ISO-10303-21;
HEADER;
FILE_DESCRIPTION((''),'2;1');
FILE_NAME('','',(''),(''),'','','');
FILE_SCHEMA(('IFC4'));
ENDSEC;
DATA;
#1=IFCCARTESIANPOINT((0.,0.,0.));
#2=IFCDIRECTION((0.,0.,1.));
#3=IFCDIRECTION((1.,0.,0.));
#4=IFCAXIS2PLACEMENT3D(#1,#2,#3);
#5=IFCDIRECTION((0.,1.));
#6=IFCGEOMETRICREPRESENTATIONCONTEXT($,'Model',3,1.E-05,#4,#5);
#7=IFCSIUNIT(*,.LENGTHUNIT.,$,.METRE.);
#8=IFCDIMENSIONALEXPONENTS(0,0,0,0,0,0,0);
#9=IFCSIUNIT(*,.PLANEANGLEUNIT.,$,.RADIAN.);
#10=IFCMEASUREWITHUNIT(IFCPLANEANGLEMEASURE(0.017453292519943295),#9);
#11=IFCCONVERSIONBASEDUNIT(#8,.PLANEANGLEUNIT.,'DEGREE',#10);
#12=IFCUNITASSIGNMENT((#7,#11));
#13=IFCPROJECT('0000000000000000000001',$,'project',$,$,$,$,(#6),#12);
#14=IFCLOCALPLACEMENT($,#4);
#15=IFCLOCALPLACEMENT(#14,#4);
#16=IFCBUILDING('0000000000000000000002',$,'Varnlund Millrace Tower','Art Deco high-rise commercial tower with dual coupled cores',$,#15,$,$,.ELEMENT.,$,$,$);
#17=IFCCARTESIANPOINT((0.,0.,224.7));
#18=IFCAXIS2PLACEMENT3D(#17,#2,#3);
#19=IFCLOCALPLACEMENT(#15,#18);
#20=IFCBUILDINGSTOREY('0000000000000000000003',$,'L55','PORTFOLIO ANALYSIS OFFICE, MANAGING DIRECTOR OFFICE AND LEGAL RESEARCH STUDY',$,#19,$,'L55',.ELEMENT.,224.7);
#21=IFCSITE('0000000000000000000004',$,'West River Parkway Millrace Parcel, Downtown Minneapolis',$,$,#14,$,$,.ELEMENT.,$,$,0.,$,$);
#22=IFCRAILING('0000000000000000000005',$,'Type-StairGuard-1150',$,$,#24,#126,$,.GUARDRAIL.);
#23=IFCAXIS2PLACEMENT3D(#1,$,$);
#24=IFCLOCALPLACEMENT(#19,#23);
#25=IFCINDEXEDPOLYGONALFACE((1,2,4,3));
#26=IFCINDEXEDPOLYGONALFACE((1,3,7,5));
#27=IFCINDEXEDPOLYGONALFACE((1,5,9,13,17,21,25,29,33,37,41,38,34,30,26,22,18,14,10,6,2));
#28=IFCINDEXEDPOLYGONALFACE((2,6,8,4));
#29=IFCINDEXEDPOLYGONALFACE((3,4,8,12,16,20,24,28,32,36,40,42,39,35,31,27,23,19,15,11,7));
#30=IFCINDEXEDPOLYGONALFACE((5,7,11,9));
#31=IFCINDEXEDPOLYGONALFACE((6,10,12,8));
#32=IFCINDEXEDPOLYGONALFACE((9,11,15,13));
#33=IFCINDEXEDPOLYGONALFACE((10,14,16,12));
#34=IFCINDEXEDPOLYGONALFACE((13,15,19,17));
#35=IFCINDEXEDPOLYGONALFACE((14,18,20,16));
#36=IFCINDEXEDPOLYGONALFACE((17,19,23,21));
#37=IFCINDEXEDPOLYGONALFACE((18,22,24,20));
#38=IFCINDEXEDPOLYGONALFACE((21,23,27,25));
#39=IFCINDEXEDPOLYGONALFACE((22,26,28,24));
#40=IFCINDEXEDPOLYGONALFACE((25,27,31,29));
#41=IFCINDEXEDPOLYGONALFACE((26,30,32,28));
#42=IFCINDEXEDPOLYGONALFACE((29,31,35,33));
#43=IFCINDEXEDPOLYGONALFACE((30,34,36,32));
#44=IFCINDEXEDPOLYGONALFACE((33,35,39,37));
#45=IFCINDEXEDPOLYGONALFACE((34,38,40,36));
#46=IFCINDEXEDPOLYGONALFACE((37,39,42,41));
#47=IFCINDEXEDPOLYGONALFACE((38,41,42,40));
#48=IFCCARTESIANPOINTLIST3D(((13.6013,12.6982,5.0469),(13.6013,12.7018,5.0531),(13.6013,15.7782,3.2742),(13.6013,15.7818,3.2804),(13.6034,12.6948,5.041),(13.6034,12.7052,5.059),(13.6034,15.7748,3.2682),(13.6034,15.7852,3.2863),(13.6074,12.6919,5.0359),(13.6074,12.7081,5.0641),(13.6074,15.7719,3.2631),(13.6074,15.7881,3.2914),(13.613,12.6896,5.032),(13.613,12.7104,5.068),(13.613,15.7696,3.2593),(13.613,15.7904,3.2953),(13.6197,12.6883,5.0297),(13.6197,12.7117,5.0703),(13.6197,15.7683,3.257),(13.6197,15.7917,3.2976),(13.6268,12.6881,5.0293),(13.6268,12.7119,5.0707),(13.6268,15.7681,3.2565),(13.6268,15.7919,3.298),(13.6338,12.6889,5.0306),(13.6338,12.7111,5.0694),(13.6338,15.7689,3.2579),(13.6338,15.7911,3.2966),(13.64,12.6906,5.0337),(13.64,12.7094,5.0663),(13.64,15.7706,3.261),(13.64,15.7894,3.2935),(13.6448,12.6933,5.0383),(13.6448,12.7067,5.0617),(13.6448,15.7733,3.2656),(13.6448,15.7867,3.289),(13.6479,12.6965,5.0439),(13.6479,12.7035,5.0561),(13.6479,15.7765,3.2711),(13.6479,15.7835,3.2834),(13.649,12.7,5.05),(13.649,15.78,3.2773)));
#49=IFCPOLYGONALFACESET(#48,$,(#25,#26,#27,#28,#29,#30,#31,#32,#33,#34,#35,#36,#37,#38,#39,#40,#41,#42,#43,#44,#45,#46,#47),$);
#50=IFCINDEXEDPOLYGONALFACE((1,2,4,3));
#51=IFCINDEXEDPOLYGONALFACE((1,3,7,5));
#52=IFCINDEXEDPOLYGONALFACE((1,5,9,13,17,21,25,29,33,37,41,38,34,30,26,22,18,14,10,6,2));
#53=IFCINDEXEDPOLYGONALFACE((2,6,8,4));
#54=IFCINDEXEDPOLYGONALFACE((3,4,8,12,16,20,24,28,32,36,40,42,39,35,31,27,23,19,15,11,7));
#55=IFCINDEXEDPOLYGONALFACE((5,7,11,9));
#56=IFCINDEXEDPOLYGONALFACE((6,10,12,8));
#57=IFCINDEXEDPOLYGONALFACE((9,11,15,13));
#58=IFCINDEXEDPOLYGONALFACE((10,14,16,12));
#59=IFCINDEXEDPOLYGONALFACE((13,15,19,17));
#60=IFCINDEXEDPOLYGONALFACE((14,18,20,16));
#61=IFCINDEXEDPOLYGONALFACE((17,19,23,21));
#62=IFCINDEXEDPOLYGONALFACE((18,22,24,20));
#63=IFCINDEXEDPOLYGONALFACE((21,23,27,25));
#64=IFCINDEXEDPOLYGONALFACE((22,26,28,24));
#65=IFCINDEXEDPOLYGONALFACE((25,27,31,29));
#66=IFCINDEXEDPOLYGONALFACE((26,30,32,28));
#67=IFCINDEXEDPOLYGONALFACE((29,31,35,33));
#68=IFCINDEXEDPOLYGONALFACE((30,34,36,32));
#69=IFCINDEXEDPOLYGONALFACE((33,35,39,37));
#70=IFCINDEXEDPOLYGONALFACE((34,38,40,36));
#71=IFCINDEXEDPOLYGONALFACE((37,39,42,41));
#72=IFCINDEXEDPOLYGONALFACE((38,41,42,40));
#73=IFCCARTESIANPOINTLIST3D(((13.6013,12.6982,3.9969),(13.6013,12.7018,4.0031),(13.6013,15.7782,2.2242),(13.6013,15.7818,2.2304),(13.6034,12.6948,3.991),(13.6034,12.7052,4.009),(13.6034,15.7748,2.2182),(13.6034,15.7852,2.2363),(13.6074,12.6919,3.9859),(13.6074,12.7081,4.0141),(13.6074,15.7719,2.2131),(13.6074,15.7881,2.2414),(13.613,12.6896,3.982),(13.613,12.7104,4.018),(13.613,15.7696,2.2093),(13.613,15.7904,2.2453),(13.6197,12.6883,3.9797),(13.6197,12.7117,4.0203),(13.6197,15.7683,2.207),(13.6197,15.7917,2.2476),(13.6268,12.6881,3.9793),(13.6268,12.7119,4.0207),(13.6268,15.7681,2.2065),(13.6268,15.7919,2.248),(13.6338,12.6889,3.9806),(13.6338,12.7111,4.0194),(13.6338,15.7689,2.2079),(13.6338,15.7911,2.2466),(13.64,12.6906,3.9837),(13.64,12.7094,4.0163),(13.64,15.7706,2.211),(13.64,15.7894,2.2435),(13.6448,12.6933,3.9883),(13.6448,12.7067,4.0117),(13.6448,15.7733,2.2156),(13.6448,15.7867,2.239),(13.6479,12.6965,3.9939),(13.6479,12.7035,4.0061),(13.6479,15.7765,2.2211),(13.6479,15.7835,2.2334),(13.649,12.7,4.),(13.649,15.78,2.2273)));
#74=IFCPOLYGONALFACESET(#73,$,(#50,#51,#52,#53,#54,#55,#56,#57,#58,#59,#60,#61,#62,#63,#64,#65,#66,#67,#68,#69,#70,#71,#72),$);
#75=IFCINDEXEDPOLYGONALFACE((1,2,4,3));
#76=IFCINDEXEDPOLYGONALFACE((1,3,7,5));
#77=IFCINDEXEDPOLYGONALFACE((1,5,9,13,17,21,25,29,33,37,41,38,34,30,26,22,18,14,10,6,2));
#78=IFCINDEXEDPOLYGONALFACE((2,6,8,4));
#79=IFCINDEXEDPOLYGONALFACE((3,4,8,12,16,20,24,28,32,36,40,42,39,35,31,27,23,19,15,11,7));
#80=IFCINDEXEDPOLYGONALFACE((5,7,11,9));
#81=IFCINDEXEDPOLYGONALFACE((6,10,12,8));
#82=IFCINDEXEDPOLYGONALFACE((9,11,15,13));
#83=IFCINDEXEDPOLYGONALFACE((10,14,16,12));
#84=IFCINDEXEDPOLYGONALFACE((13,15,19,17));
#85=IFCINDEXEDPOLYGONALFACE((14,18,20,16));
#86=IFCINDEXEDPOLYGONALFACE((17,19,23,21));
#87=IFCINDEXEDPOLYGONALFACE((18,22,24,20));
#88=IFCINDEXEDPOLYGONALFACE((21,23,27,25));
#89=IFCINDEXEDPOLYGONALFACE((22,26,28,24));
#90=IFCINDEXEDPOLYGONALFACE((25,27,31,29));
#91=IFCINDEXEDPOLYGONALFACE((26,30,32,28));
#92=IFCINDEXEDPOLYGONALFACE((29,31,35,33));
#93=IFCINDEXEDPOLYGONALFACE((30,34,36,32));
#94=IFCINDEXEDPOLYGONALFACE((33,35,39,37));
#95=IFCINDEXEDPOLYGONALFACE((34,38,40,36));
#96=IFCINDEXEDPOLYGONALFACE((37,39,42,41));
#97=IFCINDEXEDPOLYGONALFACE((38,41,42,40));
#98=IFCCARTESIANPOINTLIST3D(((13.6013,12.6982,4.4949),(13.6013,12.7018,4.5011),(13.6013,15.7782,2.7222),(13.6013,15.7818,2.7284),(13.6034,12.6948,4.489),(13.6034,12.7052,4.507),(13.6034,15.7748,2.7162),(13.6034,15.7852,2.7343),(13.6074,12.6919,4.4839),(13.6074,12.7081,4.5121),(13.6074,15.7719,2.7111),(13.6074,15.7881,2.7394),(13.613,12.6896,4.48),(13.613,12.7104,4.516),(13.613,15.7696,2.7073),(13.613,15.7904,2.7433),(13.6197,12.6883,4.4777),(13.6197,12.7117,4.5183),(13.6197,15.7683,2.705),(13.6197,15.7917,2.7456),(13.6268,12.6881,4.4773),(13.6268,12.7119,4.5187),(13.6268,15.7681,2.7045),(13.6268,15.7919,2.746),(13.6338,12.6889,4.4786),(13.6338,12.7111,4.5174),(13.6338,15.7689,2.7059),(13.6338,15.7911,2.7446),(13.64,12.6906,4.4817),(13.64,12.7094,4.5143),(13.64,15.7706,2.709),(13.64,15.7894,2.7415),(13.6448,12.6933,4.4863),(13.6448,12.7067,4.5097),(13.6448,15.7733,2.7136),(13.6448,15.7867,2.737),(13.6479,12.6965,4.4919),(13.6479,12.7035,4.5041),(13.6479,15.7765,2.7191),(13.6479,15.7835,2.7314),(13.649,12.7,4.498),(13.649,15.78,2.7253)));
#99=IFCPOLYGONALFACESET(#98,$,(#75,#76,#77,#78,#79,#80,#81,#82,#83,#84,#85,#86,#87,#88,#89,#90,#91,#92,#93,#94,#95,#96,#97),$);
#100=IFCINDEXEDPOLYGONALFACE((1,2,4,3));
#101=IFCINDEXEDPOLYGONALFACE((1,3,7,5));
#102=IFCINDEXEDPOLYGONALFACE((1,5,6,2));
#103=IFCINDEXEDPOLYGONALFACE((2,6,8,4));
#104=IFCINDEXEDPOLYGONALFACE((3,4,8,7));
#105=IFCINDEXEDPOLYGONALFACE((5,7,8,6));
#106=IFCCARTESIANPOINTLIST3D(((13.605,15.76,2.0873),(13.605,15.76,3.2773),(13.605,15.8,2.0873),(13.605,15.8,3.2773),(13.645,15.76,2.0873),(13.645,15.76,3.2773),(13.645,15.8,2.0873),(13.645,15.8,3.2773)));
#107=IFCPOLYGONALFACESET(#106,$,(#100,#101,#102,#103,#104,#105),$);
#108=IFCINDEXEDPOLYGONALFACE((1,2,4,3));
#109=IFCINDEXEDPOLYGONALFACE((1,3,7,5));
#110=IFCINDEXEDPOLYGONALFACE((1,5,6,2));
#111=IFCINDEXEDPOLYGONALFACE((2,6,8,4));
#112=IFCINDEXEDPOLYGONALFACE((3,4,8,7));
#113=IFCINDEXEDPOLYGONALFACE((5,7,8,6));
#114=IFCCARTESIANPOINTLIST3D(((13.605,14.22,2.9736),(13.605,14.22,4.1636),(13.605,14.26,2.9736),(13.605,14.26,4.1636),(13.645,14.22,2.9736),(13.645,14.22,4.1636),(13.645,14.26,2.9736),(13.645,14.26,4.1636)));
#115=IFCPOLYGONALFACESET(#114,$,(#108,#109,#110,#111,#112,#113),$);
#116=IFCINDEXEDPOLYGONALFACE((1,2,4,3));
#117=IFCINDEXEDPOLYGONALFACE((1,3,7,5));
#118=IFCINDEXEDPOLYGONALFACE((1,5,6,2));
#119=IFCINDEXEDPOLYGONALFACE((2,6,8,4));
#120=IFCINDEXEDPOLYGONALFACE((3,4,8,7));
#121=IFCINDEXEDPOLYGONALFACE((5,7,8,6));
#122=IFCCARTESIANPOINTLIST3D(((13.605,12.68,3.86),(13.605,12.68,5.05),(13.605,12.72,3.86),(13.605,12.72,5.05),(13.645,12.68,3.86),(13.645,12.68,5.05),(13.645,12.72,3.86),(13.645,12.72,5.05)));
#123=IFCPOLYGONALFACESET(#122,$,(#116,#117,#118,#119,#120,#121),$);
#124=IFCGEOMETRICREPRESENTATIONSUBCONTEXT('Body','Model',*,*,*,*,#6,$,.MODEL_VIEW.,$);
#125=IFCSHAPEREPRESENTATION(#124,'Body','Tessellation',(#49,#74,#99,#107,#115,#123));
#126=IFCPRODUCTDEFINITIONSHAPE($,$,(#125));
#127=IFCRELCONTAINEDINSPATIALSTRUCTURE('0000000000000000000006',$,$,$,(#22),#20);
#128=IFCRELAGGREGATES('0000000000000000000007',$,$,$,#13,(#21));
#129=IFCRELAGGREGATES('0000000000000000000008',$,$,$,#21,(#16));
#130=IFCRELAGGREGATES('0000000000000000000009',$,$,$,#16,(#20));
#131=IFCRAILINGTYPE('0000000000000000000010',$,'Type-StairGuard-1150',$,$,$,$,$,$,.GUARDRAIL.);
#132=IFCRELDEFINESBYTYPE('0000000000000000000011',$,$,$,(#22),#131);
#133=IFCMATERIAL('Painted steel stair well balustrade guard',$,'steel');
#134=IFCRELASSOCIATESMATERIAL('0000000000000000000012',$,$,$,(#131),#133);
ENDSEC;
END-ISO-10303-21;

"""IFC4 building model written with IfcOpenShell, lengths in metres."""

from ifc_helpers import new_model, entity, si_unit, converted_unit, direction, frame, origin_with_axes, origin_2d_with_axis, place, context, subcontext, project, spatial, rectangle, circle, extrude, material, type_object, element, save


model = new_model("IFC4")

# Units and contexts
model_context = context("Model", 3, precision=1e-05, world=origin_with_axes(), true_north=direction((0.0, 1.0)))
body_context = subcontext(model_context, "Body", "Model", "MODEL_VIEW")
ifc_project = project(units=[si_unit("LENGTHUNIT", "METRE"), converted_unit("PLANEANGLEUNIT", "DEGREE", entity("IfcPlaneAngleMeasure", 0.017453292519943295), si_unit("PLANEANGLEUNIT", "RADIAN"), dimensions=[0, 0, 0, 0, 0, 0, 0])], contexts=[model_context])

# Site, building, storey
site_placement = place(None, origin_with_axes())
site = spatial("IfcSite", under=ifc_project, at=site_placement, Name="West River Parkway Millrace Parcel, Downtown Minneapolis", CompositionType="ELEMENT", RefElevation=0.0)
building_placement = place(site_placement, origin_with_axes())
building = spatial("IfcBuilding", under=site, at=building_placement, Name="Varnlund Millrace Tower", Description="Art Deco high-rise commercial tower with dual coupled cores", CompositionType="ELEMENT")
storey_placement = place(building_placement, frame((0.0, 0.0, 224.7), z_axis=(0.0, 0.0, 1.0), x_axis=(1.0, 0.0, 0.0)))
storey = spatial("IfcBuildingStorey", under=building, at=storey_placement, Name="L55", Description="PORTFOLIO ANALYSIS OFFICE, MANAGING DIRECTOR OFFICE AND LEGAL RESEARCH STUDY", LongName="L55", CompositionType="ELEMENT", Elevation=224.7)

# Railing
ifc_material_1 = material(Name="Painted steel stair well balustrade guard", Category="steel")
railing_type_1 = type_object("IfcRailingType", Name="Type-StairGuard-1150", PredefinedType="GUARDRAIL", material=ifc_material_1)
railing_1_placement = place(storey_placement, frame((0.0, 0.0, -224.7), z_axis=(0.0, 0.0, 1.0), x_axis=(1.0, 0.0, 0.0)))
element("IfcRailing", 1, at=railing_1_placement, inside=storey, type_object=railing_type_1, Name="Type-StairGuard-1150", PredefinedType="GUARDRAIL", context=body_context, shape_type="SweptSolid", body=[
    extrude(circle(Radius=0.024, at=origin_2d_with_axis()), frame((13.625, 15.78, 227.9773), z_axis=(0.0, -0.866696, 0.498836), x_axis=(1.0, 0.0, 0.0)), (0.0, 0.0, 1.0), 3.5537),
    extrude(circle(Radius=0.024, at=origin_2d_with_axis()), frame((13.625, 15.78, 226.9273), z_axis=(0.0, -0.866696, 0.498836), x_axis=(1.0, 0.0, 0.0)), (0.0, 0.0, 1.0), 3.5537),
    extrude(circle(Radius=0.024, at=origin_2d_with_axis()), frame((13.625, 15.78, 227.4253), z_axis=(0.0, -0.866696, 0.498836), x_axis=(1.0, 0.0, 0.0)), (0.0, 0.0, 1.0), 3.5537),
    extrude(rectangle(XDim=0.04, YDim=0.04, at=origin_2d_with_axis()), frame((13.625, 15.78, 226.7873), z_axis=(0.0, 0.0, 1.0), x_axis=(1.0, 0.0, 0.0)), (0.0, 0.0, 1.0), 1.19),
    extrude(rectangle(XDim=0.04, YDim=0.04, at=origin_2d_with_axis()), frame((13.625, 14.24, 227.6736), z_axis=(0.0, 0.0, 1.0), x_axis=(1.0, 0.0, 0.0)), (0.0, 0.0, 1.0), 1.19),
    extrude(rectangle(XDim=0.04, YDim=0.04, at=origin_2d_with_axis()), frame((13.625, 12.7, 228.56), z_axis=(0.0, 0.0, 1.0), x_axis=(1.0, 0.0, 0.0)), (0.0, 0.0, 1.0), 1.19),
])

save(model, "model.ifc")
